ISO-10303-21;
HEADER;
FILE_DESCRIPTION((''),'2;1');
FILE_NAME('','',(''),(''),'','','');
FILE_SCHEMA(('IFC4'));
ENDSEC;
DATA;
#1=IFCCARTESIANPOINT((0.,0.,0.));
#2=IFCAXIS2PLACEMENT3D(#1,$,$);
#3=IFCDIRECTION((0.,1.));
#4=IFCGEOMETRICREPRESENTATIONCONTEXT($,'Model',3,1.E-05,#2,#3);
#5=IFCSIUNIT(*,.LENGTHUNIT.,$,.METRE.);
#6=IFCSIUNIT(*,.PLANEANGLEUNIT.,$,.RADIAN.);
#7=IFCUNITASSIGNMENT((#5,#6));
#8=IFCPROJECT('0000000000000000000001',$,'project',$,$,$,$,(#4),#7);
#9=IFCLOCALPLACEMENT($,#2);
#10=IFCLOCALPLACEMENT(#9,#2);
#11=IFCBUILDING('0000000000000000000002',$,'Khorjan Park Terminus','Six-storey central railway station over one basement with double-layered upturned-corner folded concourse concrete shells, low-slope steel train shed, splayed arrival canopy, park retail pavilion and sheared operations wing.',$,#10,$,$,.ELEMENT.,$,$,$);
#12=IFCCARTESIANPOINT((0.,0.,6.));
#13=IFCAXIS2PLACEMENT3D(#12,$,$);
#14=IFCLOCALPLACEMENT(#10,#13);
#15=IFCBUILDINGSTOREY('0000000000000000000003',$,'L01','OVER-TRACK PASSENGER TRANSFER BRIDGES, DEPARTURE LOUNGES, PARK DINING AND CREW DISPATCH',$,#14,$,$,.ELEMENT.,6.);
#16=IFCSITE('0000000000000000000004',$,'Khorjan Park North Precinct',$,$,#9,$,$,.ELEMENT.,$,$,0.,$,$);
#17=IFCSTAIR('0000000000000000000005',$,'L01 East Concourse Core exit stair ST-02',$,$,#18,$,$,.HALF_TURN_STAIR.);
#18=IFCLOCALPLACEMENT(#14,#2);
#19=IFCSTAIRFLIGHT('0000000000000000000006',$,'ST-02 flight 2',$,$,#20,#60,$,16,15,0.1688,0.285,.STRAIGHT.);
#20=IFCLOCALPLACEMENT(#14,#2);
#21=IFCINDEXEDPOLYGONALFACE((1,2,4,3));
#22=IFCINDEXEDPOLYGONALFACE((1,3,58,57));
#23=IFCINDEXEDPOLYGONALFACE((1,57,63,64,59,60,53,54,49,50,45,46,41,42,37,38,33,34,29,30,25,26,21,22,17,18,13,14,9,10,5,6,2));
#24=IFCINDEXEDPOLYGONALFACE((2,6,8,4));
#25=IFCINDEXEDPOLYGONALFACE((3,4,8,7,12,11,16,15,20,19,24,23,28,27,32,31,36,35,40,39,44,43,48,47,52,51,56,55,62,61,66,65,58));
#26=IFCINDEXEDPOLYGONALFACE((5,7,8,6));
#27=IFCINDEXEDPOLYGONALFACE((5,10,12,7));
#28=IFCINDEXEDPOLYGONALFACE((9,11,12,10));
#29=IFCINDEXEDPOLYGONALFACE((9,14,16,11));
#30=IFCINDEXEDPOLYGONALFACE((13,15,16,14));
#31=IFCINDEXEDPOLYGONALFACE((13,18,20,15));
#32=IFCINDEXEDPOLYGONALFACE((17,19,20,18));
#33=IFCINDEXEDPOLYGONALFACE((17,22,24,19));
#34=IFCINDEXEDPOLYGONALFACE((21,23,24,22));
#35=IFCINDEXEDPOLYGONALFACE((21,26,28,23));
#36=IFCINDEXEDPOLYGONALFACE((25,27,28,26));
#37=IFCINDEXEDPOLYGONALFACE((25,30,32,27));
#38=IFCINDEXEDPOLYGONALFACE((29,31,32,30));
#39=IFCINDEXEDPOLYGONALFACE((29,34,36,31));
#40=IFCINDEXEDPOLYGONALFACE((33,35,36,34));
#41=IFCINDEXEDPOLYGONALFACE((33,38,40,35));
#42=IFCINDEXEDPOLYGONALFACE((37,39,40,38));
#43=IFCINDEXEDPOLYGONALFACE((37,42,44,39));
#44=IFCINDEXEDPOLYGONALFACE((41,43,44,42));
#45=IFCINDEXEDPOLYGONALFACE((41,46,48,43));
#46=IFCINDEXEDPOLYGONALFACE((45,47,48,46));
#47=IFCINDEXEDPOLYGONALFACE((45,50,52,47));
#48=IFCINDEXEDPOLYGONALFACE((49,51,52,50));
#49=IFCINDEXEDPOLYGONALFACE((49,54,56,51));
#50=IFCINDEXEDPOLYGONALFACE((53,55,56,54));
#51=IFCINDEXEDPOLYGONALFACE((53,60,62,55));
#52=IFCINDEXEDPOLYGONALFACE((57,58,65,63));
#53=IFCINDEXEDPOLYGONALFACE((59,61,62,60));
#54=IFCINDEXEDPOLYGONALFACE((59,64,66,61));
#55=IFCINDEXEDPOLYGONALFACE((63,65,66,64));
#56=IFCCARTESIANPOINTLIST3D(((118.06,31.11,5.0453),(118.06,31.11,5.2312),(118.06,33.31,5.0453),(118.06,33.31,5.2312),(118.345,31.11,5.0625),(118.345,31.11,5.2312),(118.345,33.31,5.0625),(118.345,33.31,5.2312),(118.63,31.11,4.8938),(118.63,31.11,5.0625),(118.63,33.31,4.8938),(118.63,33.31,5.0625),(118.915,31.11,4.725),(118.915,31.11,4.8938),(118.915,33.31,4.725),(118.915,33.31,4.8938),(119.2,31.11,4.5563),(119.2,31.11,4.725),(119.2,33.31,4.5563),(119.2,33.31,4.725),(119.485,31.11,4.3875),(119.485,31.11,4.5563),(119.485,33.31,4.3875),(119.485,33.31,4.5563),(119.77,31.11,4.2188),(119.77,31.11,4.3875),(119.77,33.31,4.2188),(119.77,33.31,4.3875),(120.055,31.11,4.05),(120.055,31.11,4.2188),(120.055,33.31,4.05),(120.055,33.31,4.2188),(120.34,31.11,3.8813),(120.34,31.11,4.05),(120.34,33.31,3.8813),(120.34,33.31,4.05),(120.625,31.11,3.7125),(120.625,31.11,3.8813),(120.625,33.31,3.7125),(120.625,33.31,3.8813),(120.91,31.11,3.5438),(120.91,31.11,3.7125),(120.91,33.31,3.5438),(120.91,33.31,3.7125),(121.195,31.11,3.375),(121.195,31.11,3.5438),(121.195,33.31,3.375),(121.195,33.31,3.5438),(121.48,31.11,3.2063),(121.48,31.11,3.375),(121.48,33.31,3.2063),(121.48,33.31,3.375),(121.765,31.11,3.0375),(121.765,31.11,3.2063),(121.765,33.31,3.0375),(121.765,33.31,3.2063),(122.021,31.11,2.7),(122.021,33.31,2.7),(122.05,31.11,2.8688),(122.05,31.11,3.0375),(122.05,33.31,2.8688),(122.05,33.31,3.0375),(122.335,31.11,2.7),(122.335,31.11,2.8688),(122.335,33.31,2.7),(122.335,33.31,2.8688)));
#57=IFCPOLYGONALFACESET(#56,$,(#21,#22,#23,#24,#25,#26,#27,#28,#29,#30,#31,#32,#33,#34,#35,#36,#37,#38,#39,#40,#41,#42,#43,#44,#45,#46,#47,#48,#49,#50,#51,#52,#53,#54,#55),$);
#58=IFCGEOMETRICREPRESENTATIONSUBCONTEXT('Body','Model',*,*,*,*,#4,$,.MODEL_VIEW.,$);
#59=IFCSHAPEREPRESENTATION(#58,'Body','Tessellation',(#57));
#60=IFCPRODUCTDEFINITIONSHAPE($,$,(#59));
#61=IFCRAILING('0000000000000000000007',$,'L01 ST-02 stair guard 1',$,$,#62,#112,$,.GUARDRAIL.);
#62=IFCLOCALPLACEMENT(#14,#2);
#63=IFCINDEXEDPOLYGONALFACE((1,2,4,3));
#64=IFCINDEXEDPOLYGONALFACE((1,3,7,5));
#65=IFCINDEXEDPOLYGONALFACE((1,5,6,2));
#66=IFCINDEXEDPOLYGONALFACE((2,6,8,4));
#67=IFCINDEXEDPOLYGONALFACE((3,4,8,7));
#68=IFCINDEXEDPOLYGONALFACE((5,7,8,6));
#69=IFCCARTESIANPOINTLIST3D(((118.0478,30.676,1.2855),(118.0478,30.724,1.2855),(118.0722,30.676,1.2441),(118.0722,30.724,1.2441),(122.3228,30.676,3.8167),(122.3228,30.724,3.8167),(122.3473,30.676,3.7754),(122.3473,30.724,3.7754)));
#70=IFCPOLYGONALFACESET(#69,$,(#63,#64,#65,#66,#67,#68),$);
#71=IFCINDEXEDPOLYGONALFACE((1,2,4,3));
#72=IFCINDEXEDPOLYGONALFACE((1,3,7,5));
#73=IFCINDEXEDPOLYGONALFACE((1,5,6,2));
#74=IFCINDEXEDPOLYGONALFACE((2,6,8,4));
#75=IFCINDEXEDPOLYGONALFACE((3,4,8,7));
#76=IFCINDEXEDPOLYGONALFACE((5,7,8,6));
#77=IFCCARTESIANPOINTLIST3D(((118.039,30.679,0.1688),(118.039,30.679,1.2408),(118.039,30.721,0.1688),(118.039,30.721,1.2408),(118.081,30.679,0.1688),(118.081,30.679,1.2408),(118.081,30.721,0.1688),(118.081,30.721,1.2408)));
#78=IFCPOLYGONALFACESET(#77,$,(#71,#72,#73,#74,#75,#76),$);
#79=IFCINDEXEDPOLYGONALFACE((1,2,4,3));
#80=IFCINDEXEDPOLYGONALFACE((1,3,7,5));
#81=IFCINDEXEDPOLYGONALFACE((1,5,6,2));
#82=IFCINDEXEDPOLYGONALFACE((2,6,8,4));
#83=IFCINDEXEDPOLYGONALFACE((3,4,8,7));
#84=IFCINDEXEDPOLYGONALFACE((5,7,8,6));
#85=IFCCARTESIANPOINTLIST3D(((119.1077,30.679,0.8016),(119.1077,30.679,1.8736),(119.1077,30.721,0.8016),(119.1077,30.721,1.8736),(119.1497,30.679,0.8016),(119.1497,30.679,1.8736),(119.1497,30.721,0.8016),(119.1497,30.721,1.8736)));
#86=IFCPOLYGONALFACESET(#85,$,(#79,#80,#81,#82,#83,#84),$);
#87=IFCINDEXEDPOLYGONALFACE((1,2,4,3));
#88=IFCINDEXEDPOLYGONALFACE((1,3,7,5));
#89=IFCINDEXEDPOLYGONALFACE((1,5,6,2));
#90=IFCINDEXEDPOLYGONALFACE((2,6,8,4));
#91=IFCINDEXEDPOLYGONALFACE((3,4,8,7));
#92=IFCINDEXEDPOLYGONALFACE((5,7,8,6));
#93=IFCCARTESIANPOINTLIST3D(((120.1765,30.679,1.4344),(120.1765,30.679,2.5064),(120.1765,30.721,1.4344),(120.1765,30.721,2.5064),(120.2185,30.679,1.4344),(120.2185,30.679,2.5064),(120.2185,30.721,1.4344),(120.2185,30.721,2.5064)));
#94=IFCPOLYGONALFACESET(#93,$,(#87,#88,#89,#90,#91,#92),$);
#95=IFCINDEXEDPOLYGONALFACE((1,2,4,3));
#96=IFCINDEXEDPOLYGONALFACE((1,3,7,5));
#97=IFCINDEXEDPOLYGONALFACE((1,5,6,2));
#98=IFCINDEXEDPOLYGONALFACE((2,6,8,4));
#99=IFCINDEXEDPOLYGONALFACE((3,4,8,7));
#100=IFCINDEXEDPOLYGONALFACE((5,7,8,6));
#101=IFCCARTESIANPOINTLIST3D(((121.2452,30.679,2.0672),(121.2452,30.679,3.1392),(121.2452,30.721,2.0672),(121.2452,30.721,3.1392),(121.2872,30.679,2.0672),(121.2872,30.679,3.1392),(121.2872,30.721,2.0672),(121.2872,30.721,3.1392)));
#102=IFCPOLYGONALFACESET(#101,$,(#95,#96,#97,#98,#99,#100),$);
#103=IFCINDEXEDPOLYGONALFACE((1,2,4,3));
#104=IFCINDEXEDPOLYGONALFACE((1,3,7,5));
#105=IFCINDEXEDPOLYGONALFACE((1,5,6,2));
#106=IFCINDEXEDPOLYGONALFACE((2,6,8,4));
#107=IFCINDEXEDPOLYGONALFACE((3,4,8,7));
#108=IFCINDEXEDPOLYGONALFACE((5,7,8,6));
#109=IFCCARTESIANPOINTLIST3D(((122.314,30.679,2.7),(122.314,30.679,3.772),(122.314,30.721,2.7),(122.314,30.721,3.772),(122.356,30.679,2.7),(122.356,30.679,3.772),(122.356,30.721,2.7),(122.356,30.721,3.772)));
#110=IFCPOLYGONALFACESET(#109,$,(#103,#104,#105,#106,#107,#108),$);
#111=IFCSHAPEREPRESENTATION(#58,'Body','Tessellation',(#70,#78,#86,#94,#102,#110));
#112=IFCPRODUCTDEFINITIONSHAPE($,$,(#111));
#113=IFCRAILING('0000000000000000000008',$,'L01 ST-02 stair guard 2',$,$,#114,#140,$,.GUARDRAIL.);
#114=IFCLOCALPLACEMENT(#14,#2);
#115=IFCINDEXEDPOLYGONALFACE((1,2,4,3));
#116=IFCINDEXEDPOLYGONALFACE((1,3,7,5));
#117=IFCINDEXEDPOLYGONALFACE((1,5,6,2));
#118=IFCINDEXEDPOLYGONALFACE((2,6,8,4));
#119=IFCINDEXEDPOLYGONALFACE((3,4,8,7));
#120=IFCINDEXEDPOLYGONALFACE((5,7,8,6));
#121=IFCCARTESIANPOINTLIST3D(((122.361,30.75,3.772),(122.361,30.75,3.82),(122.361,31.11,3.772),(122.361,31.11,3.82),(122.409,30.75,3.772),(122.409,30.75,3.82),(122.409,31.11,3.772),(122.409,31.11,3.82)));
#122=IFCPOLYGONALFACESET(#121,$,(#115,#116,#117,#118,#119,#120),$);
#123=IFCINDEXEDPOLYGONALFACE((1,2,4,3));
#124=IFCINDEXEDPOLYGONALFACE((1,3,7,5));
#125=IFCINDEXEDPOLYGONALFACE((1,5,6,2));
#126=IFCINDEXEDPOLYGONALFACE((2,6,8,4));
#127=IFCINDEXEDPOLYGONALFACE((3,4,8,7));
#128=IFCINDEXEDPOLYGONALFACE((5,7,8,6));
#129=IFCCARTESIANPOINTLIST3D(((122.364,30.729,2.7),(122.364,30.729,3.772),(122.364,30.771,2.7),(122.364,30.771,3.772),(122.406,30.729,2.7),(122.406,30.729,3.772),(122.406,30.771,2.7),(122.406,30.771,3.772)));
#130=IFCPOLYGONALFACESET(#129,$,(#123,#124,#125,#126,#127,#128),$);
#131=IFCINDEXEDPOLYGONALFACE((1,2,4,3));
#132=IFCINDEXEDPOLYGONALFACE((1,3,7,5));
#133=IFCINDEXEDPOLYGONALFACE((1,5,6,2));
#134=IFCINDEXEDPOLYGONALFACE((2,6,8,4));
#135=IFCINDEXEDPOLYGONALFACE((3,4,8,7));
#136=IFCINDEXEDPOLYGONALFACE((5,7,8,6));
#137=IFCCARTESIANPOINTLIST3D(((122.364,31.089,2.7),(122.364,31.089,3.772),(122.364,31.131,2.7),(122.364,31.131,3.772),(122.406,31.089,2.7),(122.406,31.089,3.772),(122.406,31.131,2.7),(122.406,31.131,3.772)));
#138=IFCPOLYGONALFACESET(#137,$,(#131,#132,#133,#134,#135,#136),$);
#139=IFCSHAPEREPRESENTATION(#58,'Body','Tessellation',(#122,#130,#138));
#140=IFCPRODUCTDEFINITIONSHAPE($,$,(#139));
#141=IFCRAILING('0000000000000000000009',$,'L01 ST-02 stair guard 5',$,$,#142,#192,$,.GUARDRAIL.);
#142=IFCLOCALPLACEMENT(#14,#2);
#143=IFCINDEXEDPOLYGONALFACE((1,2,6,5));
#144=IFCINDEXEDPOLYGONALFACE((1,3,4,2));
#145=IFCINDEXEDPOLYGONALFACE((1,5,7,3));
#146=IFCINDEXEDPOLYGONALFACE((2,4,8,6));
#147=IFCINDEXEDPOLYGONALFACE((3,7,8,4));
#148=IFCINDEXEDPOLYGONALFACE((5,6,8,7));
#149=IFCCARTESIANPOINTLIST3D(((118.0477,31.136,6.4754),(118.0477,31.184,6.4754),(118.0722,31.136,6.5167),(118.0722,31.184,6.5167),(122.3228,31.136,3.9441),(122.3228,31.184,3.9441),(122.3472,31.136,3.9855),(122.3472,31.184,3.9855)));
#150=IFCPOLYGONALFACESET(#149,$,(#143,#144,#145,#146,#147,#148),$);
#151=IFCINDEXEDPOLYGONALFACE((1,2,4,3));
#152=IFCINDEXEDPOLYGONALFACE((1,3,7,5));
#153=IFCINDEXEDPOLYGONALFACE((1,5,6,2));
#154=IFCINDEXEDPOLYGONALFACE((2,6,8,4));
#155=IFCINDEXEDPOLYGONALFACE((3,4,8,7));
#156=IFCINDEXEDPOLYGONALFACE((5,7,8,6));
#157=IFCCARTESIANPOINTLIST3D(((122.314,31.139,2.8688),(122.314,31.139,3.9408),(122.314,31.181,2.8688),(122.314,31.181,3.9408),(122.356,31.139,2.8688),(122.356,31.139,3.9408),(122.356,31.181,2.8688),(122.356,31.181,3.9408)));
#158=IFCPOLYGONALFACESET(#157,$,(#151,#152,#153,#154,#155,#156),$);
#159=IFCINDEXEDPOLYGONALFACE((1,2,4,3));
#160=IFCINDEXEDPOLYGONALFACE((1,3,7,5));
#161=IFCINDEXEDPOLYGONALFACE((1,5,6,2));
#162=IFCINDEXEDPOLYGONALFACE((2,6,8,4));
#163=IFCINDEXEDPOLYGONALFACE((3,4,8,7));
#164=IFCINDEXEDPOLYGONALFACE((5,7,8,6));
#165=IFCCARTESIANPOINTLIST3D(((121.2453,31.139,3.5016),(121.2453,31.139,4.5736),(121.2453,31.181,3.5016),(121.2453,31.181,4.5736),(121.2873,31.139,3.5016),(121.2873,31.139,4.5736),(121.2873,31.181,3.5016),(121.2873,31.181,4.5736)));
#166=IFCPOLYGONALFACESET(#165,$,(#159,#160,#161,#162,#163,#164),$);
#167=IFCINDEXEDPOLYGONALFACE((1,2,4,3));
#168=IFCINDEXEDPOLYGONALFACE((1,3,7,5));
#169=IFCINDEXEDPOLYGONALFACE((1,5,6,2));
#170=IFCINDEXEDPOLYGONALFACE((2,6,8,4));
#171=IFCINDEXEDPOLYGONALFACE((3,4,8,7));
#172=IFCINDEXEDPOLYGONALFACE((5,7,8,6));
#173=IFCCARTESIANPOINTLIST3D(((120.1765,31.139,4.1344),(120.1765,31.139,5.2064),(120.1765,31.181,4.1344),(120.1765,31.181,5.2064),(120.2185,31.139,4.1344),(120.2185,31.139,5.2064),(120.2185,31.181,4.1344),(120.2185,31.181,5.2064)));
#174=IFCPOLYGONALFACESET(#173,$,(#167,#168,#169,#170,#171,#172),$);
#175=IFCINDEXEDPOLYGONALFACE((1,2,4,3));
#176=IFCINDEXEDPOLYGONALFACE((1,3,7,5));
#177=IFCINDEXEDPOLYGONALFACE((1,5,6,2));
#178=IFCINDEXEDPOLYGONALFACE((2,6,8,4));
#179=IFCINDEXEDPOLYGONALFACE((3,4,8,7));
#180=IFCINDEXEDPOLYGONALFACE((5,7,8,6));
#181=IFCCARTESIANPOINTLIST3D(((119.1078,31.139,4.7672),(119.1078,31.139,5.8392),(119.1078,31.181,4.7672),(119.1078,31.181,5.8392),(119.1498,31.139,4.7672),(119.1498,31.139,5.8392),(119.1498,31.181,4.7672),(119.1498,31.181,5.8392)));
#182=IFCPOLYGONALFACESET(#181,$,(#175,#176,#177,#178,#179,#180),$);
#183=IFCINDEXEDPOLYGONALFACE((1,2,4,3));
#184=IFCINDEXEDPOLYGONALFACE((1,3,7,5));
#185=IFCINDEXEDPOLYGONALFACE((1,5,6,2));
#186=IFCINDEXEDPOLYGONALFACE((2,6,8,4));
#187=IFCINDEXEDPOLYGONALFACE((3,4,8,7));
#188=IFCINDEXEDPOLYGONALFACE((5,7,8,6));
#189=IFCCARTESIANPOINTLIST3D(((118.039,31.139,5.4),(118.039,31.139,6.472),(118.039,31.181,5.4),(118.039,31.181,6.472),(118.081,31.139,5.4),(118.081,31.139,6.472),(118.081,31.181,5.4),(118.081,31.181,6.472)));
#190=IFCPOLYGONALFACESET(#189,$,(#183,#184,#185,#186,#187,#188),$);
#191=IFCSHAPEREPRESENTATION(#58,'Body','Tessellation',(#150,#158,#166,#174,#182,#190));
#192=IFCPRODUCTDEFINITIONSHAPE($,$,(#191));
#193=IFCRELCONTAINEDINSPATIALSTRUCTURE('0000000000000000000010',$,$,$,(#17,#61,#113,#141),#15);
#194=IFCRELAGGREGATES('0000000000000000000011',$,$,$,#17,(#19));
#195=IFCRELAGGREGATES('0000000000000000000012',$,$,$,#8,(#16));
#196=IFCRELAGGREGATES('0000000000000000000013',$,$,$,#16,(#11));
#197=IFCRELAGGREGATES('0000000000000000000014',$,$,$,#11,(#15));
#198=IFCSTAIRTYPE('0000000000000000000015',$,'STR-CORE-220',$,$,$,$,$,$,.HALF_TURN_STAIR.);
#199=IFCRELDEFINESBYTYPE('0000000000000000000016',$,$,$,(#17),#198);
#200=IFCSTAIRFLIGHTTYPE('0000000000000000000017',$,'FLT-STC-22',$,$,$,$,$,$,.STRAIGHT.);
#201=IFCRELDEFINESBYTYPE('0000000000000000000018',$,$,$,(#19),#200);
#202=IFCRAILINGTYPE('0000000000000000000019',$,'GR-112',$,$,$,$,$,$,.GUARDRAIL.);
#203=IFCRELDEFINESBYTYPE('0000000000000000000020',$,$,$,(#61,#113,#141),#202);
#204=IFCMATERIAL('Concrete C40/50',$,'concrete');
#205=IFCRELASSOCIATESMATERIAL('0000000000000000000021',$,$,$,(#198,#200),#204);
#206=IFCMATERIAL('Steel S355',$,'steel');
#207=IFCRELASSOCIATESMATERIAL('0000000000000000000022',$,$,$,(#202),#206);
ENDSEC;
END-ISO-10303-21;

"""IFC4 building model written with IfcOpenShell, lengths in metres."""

from ifc_helpers import new_model, si_unit, direction, frame, origin, origin_2d, place, context, subcontext, project, spatial, polyline, rectangle, outline, extrude, material, type_object, element, aggregate, save


model = new_model("IFC4")

# Units and contexts
model_context = context("Model", 3, precision=1e-05, world=origin(), true_north=direction((0.0, 1.0)))
body_context = subcontext(model_context, "Body", "Model", "MODEL_VIEW")
ifc_project = project(units=[si_unit("LENGTHUNIT", "METRE"), si_unit("PLANEANGLEUNIT", "RADIAN")], contexts=[model_context])

# Site, building, storey
site_placement = place(None, origin())
site = spatial("IfcSite", under=ifc_project, at=site_placement, Name="Khorjan Park North Precinct", CompositionType="ELEMENT", RefElevation=0.0)
building_placement = place(site_placement, origin())
building = spatial("IfcBuilding", under=site, at=building_placement, Name="Khorjan Park Terminus", Description="Six-storey central railway station over one basement with double-layered upturned-corner folded concourse concrete shells, low-slope steel train shed, splayed arrival canopy, park retail pavilion and sheared operations wing.", CompositionType="ELEMENT")
storey_placement = place(building_placement, frame((0.0, 0.0, 6.0)))
storey = spatial("IfcBuildingStorey", under=building, at=storey_placement, Name="L01", Description="OVER-TRACK PASSENGER TRANSFER BRIDGES, DEPARTURE LOUNGES, PARK DINING AND CREW DISPATCH", CompositionType="ELEMENT", Elevation=6.0)

# Shared definitions
ifc_material_1 = material(Name="Steel S355", Category="steel")
ifc_material_2 = material(Name="Concrete C40/50", Category="concrete")

# Stair, stair flight
stair_type = type_object("IfcStairType", Name="STR-CORE-220", PredefinedType="HALF_TURN_STAIR", material=ifc_material_2)
stair_placement = place(storey_placement, origin())
stair = element("IfcStair", 1, at=stair_placement, inside=storey, type_object=stair_type, Name="L01 East Concourse Core exit stair ST-02", PredefinedType="HALF_TURN_STAIR")
stair_flight_type = type_object("IfcStairFlightType", Name="FLT-STC-22", PredefinedType="STRAIGHT", material=ifc_material_2)
stair_flight_placement = place(storey_placement, frame((122.335, 32.21, 2.7), z_axis=(0.0, 0.0, 1.0), x_axis=(-1.0, 0.0, 0.0)))
stair_flight = element("IfcStairFlight", 2, at=stair_flight_placement, type_object=stair_flight_type, Name="ST-02 flight 2", NumberOfRisers=16, NumberOfTreads=15, PredefinedType="STRAIGHT", RiserHeight=0.1688, TreadLength=0.285, context=body_context, shape_type="SweptSolid", body=[
    extrude(outline(polyline([(0.0, 0.0), (0.0, 0.1688), (0.285, 0.1688), (0.285, 0.3375), (0.57, 0.3375), (0.57, 0.5063), (0.855, 0.5063), (0.855, 0.675), (1.14, 0.675), (1.14, 0.8438), (1.425, 0.8438), (1.425, 1.0125), (1.71, 1.0125), (1.71, 1.1813), (1.995, 1.1813), (1.995, 1.35), (2.28, 1.35), (2.28, 1.5188), (2.565, 1.5188), (2.565, 1.6875), (2.85, 1.6875), (2.85, 1.8563), (3.135, 1.8563), (3.135, 2.025), (3.42, 2.025), (3.42, 2.1938), (3.705, 2.1938), (3.705, 2.3625), (3.99, 2.3625), (3.99, 2.5312), (4.275, 2.5312), (4.275, 2.7), (4.275, 2.3453), (0.314, 0.0), (0.0, 0.0)])), frame((0.0, 1.1, 0.0), z_axis=(0.0, -1.0, 0.0), x_axis=(1.0, 0.0, 0.0)), (0.0, 0.0, 1.0), 2.2),
])
aggregate(stair, [stair_flight])

# Railings
railing_type_1 = type_object("IfcRailingType", Name="GR-112", PredefinedType="GUARDRAIL", material=ifc_material_1)
railing_1_placement = place(storey_placement, frame((118.06, 30.7, 0.1688)))
element("IfcRailing", 3, at=railing_1_placement, inside=storey, type_object=railing_type_1, Name="L01 ST-02 stair guard 1", PredefinedType="GUARDRAIL", context=body_context, shape_type="SweptSolid", body=[
    extrude(rectangle(XDim=0.048, YDim=0.048, at=origin_2d()), frame((0.0, 0.0, 1.096), z_axis=(0.86048, 0.0, 0.509485), x_axis=(0.0, 1.0, 0.0)), (0.0, 0.0, 1.0), 4.9682),
    extrude(rectangle(XDim=0.042, YDim=0.042, at=origin_2d()), origin(), (0.0, 0.0, 1.0), 1.072),
    extrude(rectangle(XDim=0.042, YDim=0.042, at=origin_2d()), frame((1.0687, 0.0, 0.6328)), (0.0, 0.0, 1.0), 1.072),
    extrude(rectangle(XDim=0.042, YDim=0.042, at=origin_2d()), frame((2.1375, 0.0, 1.2656)), (0.0, 0.0, 1.0), 1.072),
    extrude(rectangle(XDim=0.042, YDim=0.042, at=origin_2d()), frame((3.2062, 0.0, 1.8984)), (0.0, 0.0, 1.0), 1.072),
    extrude(rectangle(XDim=0.042, YDim=0.042, at=origin_2d()), frame((4.275, 0.0, 2.5312)), (0.0, 0.0, 1.0), 1.072),
])
railing_2_placement = place(storey_placement, frame((122.385, 30.75, 2.7)))
element("IfcRailing", 4, at=railing_2_placement, inside=storey, type_object=railing_type_1, Name="L01 ST-02 stair guard 2", PredefinedType="GUARDRAIL", context=body_context, shape_type="SweptSolid", body=[
    extrude(rectangle(XDim=0.048, YDim=0.048, at=origin_2d()), frame((0.0, 0.0, 1.096), z_axis=(0.0, 1.0, 0.0), x_axis=(-1.0, 0.0, 0.0)), (0.0, 0.0, 1.0), 0.36),
    extrude(rectangle(XDim=0.042, YDim=0.042, at=origin_2d()), origin(), (0.0, 0.0, 1.0), 1.072),
    extrude(rectangle(XDim=0.042, YDim=0.042, at=origin_2d()), frame((0.0, 0.36, 0.0)), (0.0, 0.0, 1.0), 1.072),
])
railing_3_placement = place(storey_placement, frame((122.335, 31.16, 2.8688)))
element("IfcRailing", 5, at=railing_3_placement, inside=storey, type_object=railing_type_1, Name="L01 ST-02 stair guard 5", PredefinedType="GUARDRAIL", context=body_context, shape_type="SweptSolid", body=[
    extrude(rectangle(XDim=0.048, YDim=0.048, at=origin_2d()), frame((0.0, 0.0, 1.096), z_axis=(-0.86048, 0.0, 0.509485), x_axis=(0.0, -1.0, 0.0)), (0.0, 0.0, 1.0), 4.9682),
    extrude(rectangle(XDim=0.042, YDim=0.042, at=origin_2d()), origin(), (0.0, 0.0, 1.0), 1.072),
    extrude(rectangle(XDim=0.042, YDim=0.042, at=origin_2d()), frame((-1.0687, 0.0, 0.6328)), (0.0, 0.0, 1.0), 1.072),
    extrude(rectangle(XDim=0.042, YDim=0.042, at=origin_2d()), frame((-2.1375, 0.0, 1.2656)), (0.0, 0.0, 1.0), 1.072),
    extrude(rectangle(XDim=0.042, YDim=0.042, at=origin_2d()), frame((-3.2062, 0.0, 1.8984)), (0.0, 0.0, 1.0), 1.072),
    extrude(rectangle(XDim=0.042, YDim=0.042, at=origin_2d()), frame((-4.275, 0.0, 2.5312)), (0.0, 0.0, 1.0), 1.072),
])

save(model, "model.ifc")
